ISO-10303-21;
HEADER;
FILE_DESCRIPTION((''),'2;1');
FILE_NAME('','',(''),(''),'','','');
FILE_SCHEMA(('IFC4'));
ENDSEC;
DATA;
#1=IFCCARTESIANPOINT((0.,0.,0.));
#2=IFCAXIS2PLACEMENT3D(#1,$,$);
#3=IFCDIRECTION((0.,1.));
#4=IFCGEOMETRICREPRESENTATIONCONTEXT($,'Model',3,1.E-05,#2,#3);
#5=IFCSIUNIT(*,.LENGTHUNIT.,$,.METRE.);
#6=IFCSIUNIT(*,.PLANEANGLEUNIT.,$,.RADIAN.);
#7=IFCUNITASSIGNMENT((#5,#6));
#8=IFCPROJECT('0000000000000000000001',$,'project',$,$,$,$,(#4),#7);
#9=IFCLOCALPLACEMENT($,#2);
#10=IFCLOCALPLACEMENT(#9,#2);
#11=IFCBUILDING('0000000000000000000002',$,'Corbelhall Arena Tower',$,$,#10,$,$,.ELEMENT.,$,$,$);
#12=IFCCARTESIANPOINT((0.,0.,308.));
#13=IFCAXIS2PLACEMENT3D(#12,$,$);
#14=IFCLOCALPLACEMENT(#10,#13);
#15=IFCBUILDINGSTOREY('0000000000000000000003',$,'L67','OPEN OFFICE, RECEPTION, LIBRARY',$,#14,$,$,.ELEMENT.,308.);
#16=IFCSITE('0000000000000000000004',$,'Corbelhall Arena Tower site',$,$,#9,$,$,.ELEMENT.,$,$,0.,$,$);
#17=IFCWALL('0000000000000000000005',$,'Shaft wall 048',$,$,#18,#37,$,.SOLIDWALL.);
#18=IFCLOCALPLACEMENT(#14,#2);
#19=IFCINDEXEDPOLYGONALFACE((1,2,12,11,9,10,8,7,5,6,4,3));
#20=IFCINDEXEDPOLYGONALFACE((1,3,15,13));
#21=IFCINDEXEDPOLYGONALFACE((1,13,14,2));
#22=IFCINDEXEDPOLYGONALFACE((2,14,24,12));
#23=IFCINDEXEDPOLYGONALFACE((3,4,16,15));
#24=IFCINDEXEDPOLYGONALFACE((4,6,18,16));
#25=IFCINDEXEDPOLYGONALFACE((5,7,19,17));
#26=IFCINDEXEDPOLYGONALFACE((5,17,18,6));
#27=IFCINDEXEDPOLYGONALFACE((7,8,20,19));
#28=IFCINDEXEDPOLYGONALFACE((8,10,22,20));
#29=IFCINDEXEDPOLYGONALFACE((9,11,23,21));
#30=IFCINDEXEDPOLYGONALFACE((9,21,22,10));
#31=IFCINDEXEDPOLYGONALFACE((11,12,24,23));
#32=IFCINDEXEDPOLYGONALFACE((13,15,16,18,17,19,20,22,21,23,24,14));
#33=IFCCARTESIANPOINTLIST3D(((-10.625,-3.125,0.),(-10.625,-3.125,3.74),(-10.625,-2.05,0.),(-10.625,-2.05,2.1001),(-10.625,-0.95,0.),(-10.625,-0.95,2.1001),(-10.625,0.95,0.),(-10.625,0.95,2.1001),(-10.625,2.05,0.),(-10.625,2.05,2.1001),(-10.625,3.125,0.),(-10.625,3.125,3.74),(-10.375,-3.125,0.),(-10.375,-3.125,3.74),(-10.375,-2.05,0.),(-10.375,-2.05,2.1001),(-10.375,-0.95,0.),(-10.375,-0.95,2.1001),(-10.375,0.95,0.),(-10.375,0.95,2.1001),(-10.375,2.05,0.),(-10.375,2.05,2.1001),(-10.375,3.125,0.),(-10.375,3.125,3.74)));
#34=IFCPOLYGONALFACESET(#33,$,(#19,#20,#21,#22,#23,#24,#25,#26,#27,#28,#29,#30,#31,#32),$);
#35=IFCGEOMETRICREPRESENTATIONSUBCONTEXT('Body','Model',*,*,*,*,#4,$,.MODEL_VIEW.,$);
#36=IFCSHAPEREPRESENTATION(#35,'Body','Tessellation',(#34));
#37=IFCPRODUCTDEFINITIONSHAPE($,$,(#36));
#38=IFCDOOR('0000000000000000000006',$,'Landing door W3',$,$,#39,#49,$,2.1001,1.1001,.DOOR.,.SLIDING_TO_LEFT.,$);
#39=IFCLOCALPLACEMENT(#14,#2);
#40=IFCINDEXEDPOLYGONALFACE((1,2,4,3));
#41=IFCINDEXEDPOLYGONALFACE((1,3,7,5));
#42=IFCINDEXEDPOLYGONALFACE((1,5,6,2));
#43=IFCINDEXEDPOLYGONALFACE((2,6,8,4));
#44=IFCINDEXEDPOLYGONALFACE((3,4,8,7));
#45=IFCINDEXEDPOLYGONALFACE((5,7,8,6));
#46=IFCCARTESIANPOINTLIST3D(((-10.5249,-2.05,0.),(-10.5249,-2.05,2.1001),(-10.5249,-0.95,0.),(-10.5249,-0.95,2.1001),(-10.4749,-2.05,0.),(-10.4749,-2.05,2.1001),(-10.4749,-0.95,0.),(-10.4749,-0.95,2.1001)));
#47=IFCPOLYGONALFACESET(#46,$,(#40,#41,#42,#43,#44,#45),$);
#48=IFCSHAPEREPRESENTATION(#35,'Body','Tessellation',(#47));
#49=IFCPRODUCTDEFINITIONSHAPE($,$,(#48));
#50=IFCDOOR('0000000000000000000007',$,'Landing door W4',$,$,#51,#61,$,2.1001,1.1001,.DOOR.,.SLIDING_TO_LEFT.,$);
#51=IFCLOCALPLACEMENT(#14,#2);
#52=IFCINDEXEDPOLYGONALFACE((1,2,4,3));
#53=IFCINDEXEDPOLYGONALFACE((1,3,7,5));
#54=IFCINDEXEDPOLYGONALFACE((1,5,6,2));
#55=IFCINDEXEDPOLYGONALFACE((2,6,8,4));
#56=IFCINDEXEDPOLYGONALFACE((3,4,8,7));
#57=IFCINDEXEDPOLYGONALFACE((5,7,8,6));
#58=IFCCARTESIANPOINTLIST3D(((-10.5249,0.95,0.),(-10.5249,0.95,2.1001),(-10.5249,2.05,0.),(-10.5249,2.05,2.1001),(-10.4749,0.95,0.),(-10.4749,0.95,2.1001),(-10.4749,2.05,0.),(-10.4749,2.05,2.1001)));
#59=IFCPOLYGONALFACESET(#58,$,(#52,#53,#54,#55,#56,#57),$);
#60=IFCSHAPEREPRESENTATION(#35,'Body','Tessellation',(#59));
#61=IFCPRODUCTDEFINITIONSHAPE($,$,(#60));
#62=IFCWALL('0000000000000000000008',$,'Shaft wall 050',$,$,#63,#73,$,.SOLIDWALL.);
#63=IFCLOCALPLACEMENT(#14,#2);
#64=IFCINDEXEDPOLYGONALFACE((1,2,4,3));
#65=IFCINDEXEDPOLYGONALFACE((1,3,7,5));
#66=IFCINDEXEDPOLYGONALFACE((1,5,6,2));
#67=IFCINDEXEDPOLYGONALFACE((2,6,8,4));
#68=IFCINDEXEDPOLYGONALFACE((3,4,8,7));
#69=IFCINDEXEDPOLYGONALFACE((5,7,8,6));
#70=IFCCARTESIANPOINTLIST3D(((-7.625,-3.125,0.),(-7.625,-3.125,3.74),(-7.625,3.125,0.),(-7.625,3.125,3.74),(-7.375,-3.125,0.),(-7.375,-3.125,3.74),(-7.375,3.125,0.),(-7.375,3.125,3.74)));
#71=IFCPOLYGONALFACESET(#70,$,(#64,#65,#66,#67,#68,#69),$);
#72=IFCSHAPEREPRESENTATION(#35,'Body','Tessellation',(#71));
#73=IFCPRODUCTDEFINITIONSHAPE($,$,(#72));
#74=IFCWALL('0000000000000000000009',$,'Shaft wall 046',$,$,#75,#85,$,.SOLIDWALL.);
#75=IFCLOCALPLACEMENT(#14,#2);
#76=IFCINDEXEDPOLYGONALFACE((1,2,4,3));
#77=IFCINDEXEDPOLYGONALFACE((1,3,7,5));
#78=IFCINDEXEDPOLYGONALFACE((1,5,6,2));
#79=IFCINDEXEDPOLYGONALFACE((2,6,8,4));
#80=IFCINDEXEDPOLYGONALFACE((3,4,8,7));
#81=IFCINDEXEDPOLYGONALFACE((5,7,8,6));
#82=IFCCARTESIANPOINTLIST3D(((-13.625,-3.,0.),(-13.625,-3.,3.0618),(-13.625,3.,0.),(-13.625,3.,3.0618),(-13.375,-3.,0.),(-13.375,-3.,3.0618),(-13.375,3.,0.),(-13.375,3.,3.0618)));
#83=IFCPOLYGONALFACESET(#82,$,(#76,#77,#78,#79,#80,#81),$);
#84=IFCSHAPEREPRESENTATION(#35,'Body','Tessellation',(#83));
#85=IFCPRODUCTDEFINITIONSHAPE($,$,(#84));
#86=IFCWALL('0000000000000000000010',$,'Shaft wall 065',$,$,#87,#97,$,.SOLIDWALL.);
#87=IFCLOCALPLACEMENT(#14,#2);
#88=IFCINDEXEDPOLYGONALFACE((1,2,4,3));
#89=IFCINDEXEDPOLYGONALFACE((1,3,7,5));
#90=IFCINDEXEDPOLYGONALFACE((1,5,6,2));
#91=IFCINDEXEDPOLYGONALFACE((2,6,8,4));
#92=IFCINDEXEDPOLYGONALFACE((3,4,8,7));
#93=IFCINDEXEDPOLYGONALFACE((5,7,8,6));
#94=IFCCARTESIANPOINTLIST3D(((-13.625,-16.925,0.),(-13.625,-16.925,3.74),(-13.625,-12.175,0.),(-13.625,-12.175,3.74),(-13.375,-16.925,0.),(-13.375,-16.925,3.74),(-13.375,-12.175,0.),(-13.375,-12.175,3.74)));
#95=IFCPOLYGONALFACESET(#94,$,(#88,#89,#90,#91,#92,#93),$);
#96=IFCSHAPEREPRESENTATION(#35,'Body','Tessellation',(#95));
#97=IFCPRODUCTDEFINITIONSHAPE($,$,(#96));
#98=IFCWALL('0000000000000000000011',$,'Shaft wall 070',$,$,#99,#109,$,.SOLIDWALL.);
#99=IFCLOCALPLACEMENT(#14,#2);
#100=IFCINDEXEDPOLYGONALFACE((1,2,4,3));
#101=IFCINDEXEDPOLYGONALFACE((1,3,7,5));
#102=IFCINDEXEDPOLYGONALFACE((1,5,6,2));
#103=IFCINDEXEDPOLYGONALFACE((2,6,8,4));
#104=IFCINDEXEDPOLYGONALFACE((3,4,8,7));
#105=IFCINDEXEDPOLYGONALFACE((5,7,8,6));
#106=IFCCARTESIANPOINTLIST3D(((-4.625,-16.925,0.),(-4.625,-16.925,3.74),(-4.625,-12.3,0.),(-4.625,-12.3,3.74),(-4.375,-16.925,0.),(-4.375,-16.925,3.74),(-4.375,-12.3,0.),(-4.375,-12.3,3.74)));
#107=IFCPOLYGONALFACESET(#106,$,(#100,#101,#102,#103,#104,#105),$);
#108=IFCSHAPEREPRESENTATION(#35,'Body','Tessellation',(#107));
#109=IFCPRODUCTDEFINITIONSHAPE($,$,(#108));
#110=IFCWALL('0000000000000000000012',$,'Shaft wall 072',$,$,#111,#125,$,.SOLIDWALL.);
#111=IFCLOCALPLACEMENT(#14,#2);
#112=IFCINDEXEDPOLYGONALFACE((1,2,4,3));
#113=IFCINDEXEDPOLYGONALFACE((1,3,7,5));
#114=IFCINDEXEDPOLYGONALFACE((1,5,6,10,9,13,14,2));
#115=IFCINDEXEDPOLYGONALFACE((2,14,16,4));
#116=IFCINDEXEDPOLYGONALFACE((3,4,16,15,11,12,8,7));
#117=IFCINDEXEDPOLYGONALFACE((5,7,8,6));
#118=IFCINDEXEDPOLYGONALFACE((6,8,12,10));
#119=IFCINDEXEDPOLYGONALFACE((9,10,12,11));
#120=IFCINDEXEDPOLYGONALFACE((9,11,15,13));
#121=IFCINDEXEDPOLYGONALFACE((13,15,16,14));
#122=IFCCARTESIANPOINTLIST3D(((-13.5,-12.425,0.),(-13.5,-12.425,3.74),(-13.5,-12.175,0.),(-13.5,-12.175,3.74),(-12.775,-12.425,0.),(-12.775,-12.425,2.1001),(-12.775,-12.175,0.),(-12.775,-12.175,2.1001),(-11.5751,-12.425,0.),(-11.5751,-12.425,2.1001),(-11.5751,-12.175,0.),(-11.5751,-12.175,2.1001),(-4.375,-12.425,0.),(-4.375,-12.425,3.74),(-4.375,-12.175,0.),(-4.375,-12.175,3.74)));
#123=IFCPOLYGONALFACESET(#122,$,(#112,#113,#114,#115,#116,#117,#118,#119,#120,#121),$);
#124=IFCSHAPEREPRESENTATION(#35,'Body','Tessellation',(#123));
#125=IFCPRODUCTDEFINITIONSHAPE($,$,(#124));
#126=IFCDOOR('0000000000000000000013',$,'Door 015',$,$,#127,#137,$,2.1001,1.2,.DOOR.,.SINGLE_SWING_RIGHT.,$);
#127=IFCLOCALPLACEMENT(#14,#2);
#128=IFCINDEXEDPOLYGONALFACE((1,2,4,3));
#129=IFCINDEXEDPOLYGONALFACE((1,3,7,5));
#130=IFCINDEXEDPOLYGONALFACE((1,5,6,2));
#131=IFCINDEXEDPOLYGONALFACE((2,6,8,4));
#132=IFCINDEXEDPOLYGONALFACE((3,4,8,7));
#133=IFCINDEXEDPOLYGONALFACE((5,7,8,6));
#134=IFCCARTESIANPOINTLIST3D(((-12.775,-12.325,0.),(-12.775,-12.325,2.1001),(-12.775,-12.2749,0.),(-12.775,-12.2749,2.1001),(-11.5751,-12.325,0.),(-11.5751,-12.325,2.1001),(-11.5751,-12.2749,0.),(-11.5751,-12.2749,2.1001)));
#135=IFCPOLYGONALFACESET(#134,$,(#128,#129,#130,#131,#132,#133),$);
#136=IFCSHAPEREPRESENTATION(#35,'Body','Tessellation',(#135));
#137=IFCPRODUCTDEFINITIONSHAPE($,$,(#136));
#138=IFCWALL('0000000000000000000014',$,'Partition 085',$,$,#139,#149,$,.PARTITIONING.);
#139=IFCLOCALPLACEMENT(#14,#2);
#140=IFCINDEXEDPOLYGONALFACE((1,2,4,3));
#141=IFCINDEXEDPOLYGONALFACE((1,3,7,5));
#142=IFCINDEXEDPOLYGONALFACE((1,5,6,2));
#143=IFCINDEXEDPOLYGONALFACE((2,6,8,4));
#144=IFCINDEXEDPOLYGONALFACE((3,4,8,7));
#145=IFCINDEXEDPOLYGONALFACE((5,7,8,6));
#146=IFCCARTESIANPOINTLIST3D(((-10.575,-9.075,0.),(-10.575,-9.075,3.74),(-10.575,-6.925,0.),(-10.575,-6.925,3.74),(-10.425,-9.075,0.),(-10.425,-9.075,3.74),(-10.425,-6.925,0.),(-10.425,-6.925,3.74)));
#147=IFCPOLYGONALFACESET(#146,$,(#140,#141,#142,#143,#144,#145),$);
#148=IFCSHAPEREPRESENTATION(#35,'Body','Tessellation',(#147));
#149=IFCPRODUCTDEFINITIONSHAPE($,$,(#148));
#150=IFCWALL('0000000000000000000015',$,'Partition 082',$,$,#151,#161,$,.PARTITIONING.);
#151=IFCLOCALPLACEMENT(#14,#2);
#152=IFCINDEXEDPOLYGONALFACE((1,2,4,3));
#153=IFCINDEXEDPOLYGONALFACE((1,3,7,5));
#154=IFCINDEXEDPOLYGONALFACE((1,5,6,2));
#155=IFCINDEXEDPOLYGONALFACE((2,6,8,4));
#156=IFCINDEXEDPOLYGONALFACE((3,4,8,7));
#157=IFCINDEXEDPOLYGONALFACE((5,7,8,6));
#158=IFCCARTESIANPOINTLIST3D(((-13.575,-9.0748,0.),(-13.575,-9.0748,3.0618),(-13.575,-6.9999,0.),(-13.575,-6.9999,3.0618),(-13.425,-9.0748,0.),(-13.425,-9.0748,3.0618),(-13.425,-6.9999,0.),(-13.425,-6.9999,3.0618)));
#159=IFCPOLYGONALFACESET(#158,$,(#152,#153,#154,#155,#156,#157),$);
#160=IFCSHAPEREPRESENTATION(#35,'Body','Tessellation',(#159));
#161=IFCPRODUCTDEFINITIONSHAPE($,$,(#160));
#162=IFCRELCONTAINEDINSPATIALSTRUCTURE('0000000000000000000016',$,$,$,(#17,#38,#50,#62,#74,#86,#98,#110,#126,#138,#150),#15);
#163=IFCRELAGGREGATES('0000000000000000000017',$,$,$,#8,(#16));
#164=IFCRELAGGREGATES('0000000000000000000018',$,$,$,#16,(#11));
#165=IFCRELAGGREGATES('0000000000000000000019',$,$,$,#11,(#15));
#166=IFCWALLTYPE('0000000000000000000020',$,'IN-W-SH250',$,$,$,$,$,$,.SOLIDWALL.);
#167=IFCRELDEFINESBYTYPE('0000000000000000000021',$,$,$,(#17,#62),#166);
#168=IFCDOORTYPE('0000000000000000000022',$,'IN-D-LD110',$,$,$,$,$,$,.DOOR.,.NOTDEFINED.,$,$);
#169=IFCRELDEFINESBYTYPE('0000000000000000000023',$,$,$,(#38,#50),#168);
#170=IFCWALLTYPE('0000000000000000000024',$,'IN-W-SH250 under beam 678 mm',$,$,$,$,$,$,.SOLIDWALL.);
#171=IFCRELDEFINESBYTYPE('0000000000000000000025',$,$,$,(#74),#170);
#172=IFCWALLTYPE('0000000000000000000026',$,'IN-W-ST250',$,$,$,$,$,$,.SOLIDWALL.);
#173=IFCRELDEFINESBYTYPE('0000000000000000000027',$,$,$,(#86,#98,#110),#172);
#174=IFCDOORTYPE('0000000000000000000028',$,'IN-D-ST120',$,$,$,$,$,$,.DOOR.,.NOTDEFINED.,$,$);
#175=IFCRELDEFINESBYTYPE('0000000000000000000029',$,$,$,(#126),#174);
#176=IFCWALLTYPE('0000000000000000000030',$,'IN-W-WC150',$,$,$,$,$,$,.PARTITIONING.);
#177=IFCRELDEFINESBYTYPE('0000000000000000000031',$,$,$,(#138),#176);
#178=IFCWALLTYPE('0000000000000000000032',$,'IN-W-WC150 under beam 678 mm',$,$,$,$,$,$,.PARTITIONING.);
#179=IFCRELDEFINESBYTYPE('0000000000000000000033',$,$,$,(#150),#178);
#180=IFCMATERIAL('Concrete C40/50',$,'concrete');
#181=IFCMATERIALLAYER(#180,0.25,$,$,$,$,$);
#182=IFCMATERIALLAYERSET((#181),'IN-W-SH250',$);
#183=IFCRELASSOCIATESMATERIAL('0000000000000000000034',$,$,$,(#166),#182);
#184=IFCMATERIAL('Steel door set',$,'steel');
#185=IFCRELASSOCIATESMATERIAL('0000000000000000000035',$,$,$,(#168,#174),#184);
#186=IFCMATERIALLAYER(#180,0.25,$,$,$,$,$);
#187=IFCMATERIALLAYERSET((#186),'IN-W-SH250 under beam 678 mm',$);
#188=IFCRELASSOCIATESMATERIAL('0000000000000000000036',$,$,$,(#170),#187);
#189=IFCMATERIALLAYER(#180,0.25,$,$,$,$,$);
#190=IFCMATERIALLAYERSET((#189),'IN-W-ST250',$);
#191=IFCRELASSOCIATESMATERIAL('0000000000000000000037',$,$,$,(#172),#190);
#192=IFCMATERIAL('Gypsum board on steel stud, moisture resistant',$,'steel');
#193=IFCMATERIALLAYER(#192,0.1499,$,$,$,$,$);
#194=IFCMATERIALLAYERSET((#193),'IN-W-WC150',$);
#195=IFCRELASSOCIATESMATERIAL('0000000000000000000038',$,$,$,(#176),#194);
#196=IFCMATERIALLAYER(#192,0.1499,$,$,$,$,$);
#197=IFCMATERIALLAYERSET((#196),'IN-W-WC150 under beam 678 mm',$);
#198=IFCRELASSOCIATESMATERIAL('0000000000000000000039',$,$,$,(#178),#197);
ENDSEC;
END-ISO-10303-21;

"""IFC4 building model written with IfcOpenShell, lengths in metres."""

from ifc_helpers import new_model, si_unit, direction, frame, frame_2d, origin, place, context, subcontext, project, spatial, rectangle, extrude, material, layer, layer_set, type_object, element, fill, save


model = new_model("IFC4")

# Units and contexts
model_context = context("Model", 3, precision=1e-05, world=origin(), true_north=direction((0.0, 1.0)))
body_context = subcontext(model_context, "Body", "Model", "MODEL_VIEW")
ifc_project = project(units=[si_unit("LENGTHUNIT", "METRE"), si_unit("PLANEANGLEUNIT", "RADIAN")], contexts=[model_context])

# Site, building, storey
site_placement = place(None, origin())
site = spatial("IfcSite", under=ifc_project, at=site_placement, Name="Corbelhall Arena Tower site", CompositionType="ELEMENT", RefElevation=0.0)
building_placement = place(site_placement, origin())
building = spatial("IfcBuilding", under=site, at=building_placement, Name="Corbelhall Arena Tower", CompositionType="ELEMENT")
storey_placement = place(building_placement, frame((0.0, 0.0, 308.0)))
storey = spatial("IfcBuildingStorey", under=building, at=storey_placement, Name="L67", Description="OPEN OFFICE, RECEPTION, LIBRARY", CompositionType="ELEMENT", Elevation=308.0)

# Shared definitions
ifc_material_1 = material(Name="Steel door set", Category="steel")

# Wall, openings, doors
ifc_material_2 = material(Name="Concrete C40/50", Category="concrete")
ifc_layer_1 = layer(ifc_material_2, 0.25)
ifc_layer_set_1 = layer_set([ifc_layer_1], Name="IN-W-SH250")
wall_type_1 = type_object("IfcWallType", Name="IN-W-SH250", PredefinedType="SOLIDWALL", material=ifc_layer_set_1)
wall_1_placement = place(storey_placement, frame((-10.5, -3.125, 0.0), z_axis=(0.0, 0.0, 1.0), x_axis=(0.0, 1.0, 0.0)))
wall_1 = element("IfcWall", 1, at=wall_1_placement, inside=storey, type_object=wall_type_1, Name="Shaft wall 048", PredefinedType="SOLIDWALL", context=body_context, shape_type="SweptSolid", body=[
    extrude(rectangle(XDim=6.25, YDim=0.25, at=frame_2d((3.125, 0.0))), origin(), (0.0, 0.0, 1.0), 3.74),
])
opening_1_placement = place(wall_1_placement, frame((1.075, 0.0, 0.0)))
opening_1 = element("IfcOpeningElement", 2, at=opening_1_placement, cuts=wall_1, PredefinedType="OPENING", context=body_context, shape_type="SweptSolid", body=[
    extrude(rectangle(XDim=1.1001, YDim=2.1001, at=frame_2d((0.55, 1.05))), frame((0.0, 0.125, 0.0), z_axis=(0.0, -1.0, 0.0), x_axis=(1.0, 0.0, 0.0)), (0.0, 0.0, 1.0), 0.25),
])
opening_2_placement = place(wall_1_placement, frame((4.075, 0.0, 0.0)))
opening_2 = element("IfcOpeningElement", 3, at=opening_2_placement, cuts=wall_1, PredefinedType="OPENING", context=body_context, shape_type="SweptSolid", body=[
    extrude(rectangle(XDim=1.1001, YDim=2.1001, at=frame_2d((0.55, 1.05))), frame((0.0, 0.125, 0.0), z_axis=(0.0, -1.0, 0.0), x_axis=(1.0, 0.0, 0.0)), (0.0, 0.0, 1.0), 0.25),
])
door_type_1 = type_object("IfcDoorType", Name="IN-D-LD110", OperationType="NOTDEFINED", PredefinedType="DOOR", material=ifc_material_1)
door_1_placement = place(opening_1_placement, origin())
door_1 = element("IfcDoor", 4, at=door_1_placement, inside=storey, type_object=door_type_1, Name="Landing door W3", OperationType="SLIDING_TO_LEFT", OverallHeight=2.1001, OverallWidth=1.1001, PredefinedType="DOOR", context=body_context, shape_type="SweptSolid", body=[
    extrude(rectangle(XDim=1.1001, YDim=2.1001, at=frame_2d((0.55, 1.05))), frame((0.0, 0.0249, 0.0), z_axis=(0.0, -1.0, 0.0), x_axis=(1.0, 0.0, 0.0)), (0.0, 0.0, 1.0), 0.05),
])
fill(opening_1, door_1)
door_2_placement = place(opening_2_placement, origin())
door_2 = element("IfcDoor", 5, at=door_2_placement, inside=storey, type_object=door_type_1, Name="Landing door W4", OperationType="SLIDING_TO_LEFT", OverallHeight=2.1001, OverallWidth=1.1001, PredefinedType="DOOR", context=body_context, shape_type="SweptSolid", body=[
    extrude(rectangle(XDim=1.1001, YDim=2.1001, at=frame_2d((0.55, 1.05))), frame((0.0, 0.0249, 0.0), z_axis=(0.0, -1.0, 0.0), x_axis=(1.0, 0.0, 0.0)), (0.0, 0.0, 1.0), 0.05),
])
fill(opening_2, door_2)

# Walls
wall_2_placement = place(storey_placement, frame((-7.5, -3.125, 0.0), z_axis=(0.0, 0.0, 1.0), x_axis=(0.0, 1.0, 0.0)))
element("IfcWall", 6, at=wall_2_placement, inside=storey, type_object=wall_type_1, Name="Shaft wall 050", PredefinedType="SOLIDWALL", context=body_context, shape_type="SweptSolid", body=[
    extrude(rectangle(XDim=6.25, YDim=0.25, at=frame_2d((3.125, 0.0))), origin(), (0.0, 0.0, 1.0), 3.74),
])
ifc_layer_2 = layer(ifc_material_2, 0.25)
ifc_layer_set_2 = layer_set([ifc_layer_2], Name="IN-W-SH250 under beam 678 mm")
wall_type_2 = type_object("IfcWallType", Name="IN-W-SH250 under beam 678 mm", PredefinedType="SOLIDWALL", material=ifc_layer_set_2)
wall_3_placement = place(storey_placement, frame((-13.5, -3.0, 0.0), z_axis=(0.0, 0.0, 1.0), x_axis=(0.0, 1.0, 0.0)))
element("IfcWall", 7, at=wall_3_placement, inside=storey, type_object=wall_type_2, Name="Shaft wall 046", PredefinedType="SOLIDWALL", context=body_context, shape_type="SweptSolid", body=[
    extrude(rectangle(XDim=6.0, YDim=0.25, at=frame_2d((3.0, 0.0))), origin(), (0.0, 0.0, 1.0), 3.0618),
])
ifc_layer_3 = layer(ifc_material_2, 0.25)
ifc_layer_set_3 = layer_set([ifc_layer_3], Name="IN-W-ST250")
wall_type_3 = type_object("IfcWallType", Name="IN-W-ST250", PredefinedType="SOLIDWALL", material=ifc_layer_set_3)
wall_4_placement = place(storey_placement, frame((-13.5, -12.175, 0.0), z_axis=(0.0, 0.0, 1.0), x_axis=(0.0, -1.0, 0.0)))
element("IfcWall", 8, at=wall_4_placement, inside=storey, type_object=wall_type_3, Name="Shaft wall 065", PredefinedType="SOLIDWALL", context=body_context, shape_type="SweptSolid", body=[
    extrude(rectangle(XDim=4.75, YDim=0.25, at=frame_2d((2.375, 0.0))), origin(), (0.0, 0.0, 1.0), 3.74),
])
wall_5_placement = place(storey_placement, frame((-4.5, -12.3, 0.0), z_axis=(0.0, 0.0, 1.0), x_axis=(0.0, -1.0, 0.0)))
element("IfcWall", 9, at=wall_5_placement, inside=storey, type_object=wall_type_3, Name="Shaft wall 070", PredefinedType="SOLIDWALL", context=body_context, shape_type="SweptSolid", body=[
    extrude(rectangle(XDim=4.625, YDim=0.25, at=frame_2d((2.3125, 0.0))), origin(), (0.0, 0.0, 1.0), 3.74),
])

# Wall, opening, door
wall_6_placement = place(storey_placement, frame((-4.375, -12.3, 0.0), z_axis=(0.0, 0.0, 1.0), x_axis=(-1.0, 0.0, 0.0)))
wall_6 = element("IfcWall", 10, at=wall_6_placement, inside=storey, type_object=wall_type_3, Name="Shaft wall 072", PredefinedType="SOLIDWALL", context=body_context, shape_type="SweptSolid", body=[
    extrude(rectangle(XDim=9.125, YDim=0.25, at=frame_2d((4.5625, 0.0))), origin(), (0.0, 0.0, 1.0), 3.74),
])
opening_3_placement = place(wall_6_placement, frame((7.2, 0.0, 0.0)))
opening_3 = element("IfcOpeningElement", 11, at=opening_3_placement, cuts=wall_6, PredefinedType="OPENING", context=body_context, shape_type="SweptSolid", body=[
    extrude(rectangle(XDim=1.2, YDim=2.1001, at=frame_2d((0.6001, 1.05))), frame((0.0, 0.125, 0.0), z_axis=(0.0, -1.0, 0.0), x_axis=(1.0, 0.0, 0.0)), (0.0, 0.0, 1.0), 0.25),
])
door_type_2 = type_object("IfcDoorType", Name="IN-D-ST120", OperationType="NOTDEFINED", PredefinedType="DOOR", material=ifc_material_1)
door_3_placement = place(opening_3_placement, origin())
door_3 = element("IfcDoor", 12, at=door_3_placement, inside=storey, type_object=door_type_2, Name="Door 015", OperationType="SINGLE_SWING_RIGHT", OverallHeight=2.1001, OverallWidth=1.2, PredefinedType="DOOR", context=body_context, shape_type="SweptSolid", body=[
    extrude(rectangle(XDim=1.2, YDim=2.1001, at=frame_2d((0.6001, 1.05))), frame((0.0, 0.0249, 0.0), z_axis=(0.0, -1.0, 0.0), x_axis=(1.0, 0.0, 0.0)), (0.0, 0.0, 1.0), 0.05),
])
fill(opening_3, door_3)

# Walls
ifc_material_3 = material(Name="Gypsum board on steel stud, moisture resistant", Category="steel")
ifc_layer_4 = layer(ifc_material_3, 0.1499)
ifc_layer_set_4 = layer_set([ifc_layer_4], Name="IN-W-WC150")
wall_type_4 = type_object("IfcWallType", Name="IN-W-WC150", PredefinedType="PARTITIONING", material=ifc_layer_set_4)
wall_7_placement = place(storey_placement, frame((-10.5, -9.075, 0.0), z_axis=(0.0, 0.0, 1.0), x_axis=(0.0, 1.0, 0.0)))
element("IfcWall", 13, at=wall_7_placement, inside=storey, type_object=wall_type_4, Name="Partition 085", PredefinedType="PARTITIONING", context=body_context, shape_type="SweptSolid", body=[
    extrude(rectangle(XDim=2.1499, YDim=0.1499, at=frame_2d((1.075, 0.0))), origin(), (0.0, 0.0, 1.0), 3.74),
])
ifc_layer_5 = layer(ifc_material_3, 0.1499)
ifc_layer_set_5 = layer_set([ifc_layer_5], Name="IN-W-WC150 under beam 678 mm")
wall_type_5 = type_object("IfcWallType", Name="IN-W-WC150 under beam 678 mm", PredefinedType="PARTITIONING", material=ifc_layer_set_5)
wall_8_placement = place(storey_placement, frame((-13.5, -9.075, 0.0), z_axis=(0.0, 0.0, 1.0), x_axis=(0.0, 1.0, 0.0)))
element("IfcWall", 14, at=wall_8_placement, inside=storey, type_object=wall_type_5, Name="Partition 082", PredefinedType="PARTITIONING", context=body_context, shape_type="SweptSolid", body=[
    extrude(rectangle(XDim=2.075, YDim=0.1499, at=frame_2d((1.0376, 0.0))), origin(), (0.0, 0.0, 1.0), 3.0618),
])

save(model, "model.ifc")
